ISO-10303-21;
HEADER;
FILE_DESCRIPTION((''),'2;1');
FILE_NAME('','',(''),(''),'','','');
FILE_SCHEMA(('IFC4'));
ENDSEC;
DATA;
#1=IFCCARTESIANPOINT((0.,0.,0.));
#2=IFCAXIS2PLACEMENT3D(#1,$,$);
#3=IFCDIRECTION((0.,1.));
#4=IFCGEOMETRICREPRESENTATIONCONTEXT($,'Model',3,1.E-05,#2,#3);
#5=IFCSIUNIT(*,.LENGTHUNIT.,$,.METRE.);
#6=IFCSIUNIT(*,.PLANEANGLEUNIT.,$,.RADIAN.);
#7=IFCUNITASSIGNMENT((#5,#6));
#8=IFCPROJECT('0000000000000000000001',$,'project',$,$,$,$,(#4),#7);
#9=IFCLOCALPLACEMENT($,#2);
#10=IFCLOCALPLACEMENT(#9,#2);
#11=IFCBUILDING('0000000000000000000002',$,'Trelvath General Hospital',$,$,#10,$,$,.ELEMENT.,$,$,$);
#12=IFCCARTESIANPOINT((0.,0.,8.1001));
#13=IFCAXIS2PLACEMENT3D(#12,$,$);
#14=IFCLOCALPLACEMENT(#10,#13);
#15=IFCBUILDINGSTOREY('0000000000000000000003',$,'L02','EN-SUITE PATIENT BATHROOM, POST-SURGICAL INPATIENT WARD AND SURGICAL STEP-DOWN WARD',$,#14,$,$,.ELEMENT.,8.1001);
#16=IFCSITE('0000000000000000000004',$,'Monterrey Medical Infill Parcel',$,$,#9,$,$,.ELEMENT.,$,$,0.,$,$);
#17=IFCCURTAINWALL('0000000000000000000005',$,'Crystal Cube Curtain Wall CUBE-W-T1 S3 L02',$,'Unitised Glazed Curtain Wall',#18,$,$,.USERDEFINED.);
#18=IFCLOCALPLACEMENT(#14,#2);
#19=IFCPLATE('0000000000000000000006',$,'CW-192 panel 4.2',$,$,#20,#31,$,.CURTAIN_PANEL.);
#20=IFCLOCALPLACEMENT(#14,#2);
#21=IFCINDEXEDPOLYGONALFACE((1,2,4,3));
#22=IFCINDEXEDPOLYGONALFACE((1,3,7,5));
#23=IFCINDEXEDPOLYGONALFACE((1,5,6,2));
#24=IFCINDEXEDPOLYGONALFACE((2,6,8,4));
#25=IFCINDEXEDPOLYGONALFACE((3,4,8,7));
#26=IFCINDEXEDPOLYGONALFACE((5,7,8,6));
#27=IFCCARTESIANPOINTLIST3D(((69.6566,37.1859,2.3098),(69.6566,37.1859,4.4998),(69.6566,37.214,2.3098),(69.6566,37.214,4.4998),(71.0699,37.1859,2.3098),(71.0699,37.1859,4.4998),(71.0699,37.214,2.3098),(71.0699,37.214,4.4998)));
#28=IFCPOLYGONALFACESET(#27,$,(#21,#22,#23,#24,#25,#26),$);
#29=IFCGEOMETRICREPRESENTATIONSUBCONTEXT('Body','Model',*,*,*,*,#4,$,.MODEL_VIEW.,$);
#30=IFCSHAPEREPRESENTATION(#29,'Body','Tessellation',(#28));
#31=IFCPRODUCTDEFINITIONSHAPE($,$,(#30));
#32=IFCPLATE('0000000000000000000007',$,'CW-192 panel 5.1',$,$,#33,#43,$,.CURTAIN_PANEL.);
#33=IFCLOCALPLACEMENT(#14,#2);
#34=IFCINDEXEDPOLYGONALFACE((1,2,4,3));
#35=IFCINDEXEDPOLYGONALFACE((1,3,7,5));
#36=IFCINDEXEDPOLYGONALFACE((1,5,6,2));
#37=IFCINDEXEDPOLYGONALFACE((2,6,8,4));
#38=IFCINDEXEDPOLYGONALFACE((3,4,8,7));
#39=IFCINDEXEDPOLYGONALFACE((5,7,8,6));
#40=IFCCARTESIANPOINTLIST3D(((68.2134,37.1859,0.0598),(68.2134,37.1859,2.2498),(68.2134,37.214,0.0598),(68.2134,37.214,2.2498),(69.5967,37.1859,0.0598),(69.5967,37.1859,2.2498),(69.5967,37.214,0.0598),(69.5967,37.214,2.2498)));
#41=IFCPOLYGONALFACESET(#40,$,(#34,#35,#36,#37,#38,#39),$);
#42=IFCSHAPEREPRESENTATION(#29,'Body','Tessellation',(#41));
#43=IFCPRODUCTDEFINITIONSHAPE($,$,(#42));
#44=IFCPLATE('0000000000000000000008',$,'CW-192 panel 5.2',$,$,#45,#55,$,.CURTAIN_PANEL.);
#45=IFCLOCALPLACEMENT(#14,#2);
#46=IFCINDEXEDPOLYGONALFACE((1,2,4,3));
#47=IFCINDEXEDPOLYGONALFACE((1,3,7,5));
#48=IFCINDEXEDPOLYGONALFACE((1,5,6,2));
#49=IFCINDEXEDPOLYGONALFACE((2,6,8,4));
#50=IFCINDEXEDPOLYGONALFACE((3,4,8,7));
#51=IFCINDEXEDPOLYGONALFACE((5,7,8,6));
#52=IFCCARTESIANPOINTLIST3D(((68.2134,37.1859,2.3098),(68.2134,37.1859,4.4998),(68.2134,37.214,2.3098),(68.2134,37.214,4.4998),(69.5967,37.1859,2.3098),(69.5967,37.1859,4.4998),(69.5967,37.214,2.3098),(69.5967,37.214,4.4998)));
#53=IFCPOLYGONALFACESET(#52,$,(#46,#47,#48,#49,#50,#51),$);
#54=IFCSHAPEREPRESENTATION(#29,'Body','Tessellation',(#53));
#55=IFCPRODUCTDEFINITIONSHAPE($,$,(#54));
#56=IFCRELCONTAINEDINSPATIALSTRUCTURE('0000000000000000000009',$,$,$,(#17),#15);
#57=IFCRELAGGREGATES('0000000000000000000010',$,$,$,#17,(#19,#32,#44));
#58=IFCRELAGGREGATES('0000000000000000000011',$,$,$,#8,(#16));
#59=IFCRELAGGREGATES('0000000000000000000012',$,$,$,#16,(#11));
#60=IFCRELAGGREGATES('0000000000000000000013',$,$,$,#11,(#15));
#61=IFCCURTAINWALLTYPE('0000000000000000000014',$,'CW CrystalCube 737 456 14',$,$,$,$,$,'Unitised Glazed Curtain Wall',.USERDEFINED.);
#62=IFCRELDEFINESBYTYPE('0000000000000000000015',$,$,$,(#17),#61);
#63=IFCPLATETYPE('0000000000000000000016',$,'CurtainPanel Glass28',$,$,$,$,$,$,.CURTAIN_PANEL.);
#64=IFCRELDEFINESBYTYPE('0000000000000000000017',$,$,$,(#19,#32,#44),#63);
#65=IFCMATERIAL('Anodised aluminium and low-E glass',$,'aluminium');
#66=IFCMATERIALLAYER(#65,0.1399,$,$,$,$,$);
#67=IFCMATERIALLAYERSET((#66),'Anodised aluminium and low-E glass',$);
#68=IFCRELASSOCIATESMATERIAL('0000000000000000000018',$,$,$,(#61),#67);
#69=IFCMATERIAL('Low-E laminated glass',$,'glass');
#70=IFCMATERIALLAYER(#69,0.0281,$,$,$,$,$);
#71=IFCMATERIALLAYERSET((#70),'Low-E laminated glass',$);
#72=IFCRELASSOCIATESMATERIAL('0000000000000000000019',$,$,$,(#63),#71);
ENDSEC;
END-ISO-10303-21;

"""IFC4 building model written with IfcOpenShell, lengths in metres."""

from ifc_helpers import new_model, si_unit, direction, frame, origin, origin_2d, place, context, subcontext, project, spatial, rectangle, extrude, material, layer, layer_set, type_object, element, aggregate, save


model = new_model("IFC4")

# Units and contexts
model_context = context("Model", 3, precision=1e-05, world=origin(), true_north=direction((0.0, 1.0)))
body_context = subcontext(model_context, "Body", "Model", "MODEL_VIEW")
ifc_project = project(units=[si_unit("LENGTHUNIT", "METRE"), si_unit("PLANEANGLEUNIT", "RADIAN")], contexts=[model_context])

# Site, building, storey
site_placement = place(None, origin())
site = spatial("IfcSite", under=ifc_project, at=site_placement, Name="Monterrey Medical Infill Parcel", CompositionType="ELEMENT", RefElevation=0.0)
building_placement = place(site_placement, origin())
building = spatial("IfcBuilding", under=site, at=building_placement, Name="Trelvath General Hospital", CompositionType="ELEMENT")
storey_placement = place(building_placement, frame((0.0, 0.0, 8.1001)))
storey = spatial("IfcBuildingStorey", under=building, at=storey_placement, Name="L02", Description="EN-SUITE PATIENT BATHROOM, POST-SURGICAL INPATIENT WARD AND SURGICAL STEP-DOWN WARD", CompositionType="ELEMENT", Elevation=8.1001)

# Curtain wall
ifc_material_1 = material(Name="Anodised aluminium and low-E glass", Category="aluminium")
ifc_layer_1 = layer(ifc_material_1, 0.1399)
ifc_layer_set_1 = layer_set([ifc_layer_1], Name="Anodised aluminium and low-E glass")
curtain_wall_type_1 = type_object("IfcCurtainWallType", Name="CW CrystalCube 737 456 14", ElementType="Unitised Glazed Curtain Wall", PredefinedType="USERDEFINED", material=ifc_layer_set_1)
curtain_wall_1_placement = place(storey_placement, origin())
curtain_wall_1 = element("IfcCurtainWall", 1, at=curtain_wall_1_placement, inside=storey, type_object=curtain_wall_type_1, Name="Crystal Cube Curtain Wall CUBE-W-T1 S3 L02", ObjectType="Unitised Glazed Curtain Wall", PredefinedType="USERDEFINED")

# Plates
ifc_material_2 = material(Name="Low-E laminated glass", Category="glass")
ifc_layer_2 = layer(ifc_material_2, 0.0281)
ifc_layer_set_2 = layer_set([ifc_layer_2], Name="Low-E laminated glass")
plate_type = type_object("IfcPlateType", Name="CurtainPanel Glass28", PredefinedType="CURTAIN_PANEL", material=ifc_layer_set_2)
plate_1_placement = place(storey_placement, frame((70.3633, 37.2, 2.3098), z_axis=(0.0, 0.0, 1.0), x_axis=(-1.0, 0.0, 0.0)))
plate_1 = element("IfcPlate", 2, at=plate_1_placement, type_object=plate_type, Name="CW-192 panel 4.2", PredefinedType="CURTAIN_PANEL", context=body_context, shape_type="SweptSolid", body=[
    extrude(rectangle(XDim=1.4133, YDim=0.0281, at=origin_2d()), origin(), (0.0, 0.0, 1.0), 2.1899),
])
plate_2_placement = place(storey_placement, frame((68.905, 37.2, 0.0598), z_axis=(0.0, 0.0, 1.0), x_axis=(-1.0, 0.0, 0.0)))
plate_2 = element("IfcPlate", 3, at=plate_2_placement, type_object=plate_type, Name="CW-192 panel 5.1", PredefinedType="CURTAIN_PANEL", context=body_context, shape_type="SweptSolid", body=[
    extrude(rectangle(XDim=1.3833, YDim=0.0281, at=origin_2d()), origin(), (0.0, 0.0, 1.0), 2.1899),
])
plate_3_placement = place(storey_placement, frame((68.905, 37.2, 2.3098), z_axis=(0.0, 0.0, 1.0), x_axis=(-1.0, 0.0, 0.0)))
plate_3 = element("IfcPlate", 4, at=plate_3_placement, type_object=plate_type, Name="CW-192 panel 5.2", PredefinedType="CURTAIN_PANEL", context=body_context, shape_type="SweptSolid", body=[
    extrude(rectangle(XDim=1.3833, YDim=0.0281, at=origin_2d()), origin(), (0.0, 0.0, 1.0), 2.1899),
])
aggregate(curtain_wall_1, [plate_1, plate_2, plate_3])

save(model, "model.ifc")
